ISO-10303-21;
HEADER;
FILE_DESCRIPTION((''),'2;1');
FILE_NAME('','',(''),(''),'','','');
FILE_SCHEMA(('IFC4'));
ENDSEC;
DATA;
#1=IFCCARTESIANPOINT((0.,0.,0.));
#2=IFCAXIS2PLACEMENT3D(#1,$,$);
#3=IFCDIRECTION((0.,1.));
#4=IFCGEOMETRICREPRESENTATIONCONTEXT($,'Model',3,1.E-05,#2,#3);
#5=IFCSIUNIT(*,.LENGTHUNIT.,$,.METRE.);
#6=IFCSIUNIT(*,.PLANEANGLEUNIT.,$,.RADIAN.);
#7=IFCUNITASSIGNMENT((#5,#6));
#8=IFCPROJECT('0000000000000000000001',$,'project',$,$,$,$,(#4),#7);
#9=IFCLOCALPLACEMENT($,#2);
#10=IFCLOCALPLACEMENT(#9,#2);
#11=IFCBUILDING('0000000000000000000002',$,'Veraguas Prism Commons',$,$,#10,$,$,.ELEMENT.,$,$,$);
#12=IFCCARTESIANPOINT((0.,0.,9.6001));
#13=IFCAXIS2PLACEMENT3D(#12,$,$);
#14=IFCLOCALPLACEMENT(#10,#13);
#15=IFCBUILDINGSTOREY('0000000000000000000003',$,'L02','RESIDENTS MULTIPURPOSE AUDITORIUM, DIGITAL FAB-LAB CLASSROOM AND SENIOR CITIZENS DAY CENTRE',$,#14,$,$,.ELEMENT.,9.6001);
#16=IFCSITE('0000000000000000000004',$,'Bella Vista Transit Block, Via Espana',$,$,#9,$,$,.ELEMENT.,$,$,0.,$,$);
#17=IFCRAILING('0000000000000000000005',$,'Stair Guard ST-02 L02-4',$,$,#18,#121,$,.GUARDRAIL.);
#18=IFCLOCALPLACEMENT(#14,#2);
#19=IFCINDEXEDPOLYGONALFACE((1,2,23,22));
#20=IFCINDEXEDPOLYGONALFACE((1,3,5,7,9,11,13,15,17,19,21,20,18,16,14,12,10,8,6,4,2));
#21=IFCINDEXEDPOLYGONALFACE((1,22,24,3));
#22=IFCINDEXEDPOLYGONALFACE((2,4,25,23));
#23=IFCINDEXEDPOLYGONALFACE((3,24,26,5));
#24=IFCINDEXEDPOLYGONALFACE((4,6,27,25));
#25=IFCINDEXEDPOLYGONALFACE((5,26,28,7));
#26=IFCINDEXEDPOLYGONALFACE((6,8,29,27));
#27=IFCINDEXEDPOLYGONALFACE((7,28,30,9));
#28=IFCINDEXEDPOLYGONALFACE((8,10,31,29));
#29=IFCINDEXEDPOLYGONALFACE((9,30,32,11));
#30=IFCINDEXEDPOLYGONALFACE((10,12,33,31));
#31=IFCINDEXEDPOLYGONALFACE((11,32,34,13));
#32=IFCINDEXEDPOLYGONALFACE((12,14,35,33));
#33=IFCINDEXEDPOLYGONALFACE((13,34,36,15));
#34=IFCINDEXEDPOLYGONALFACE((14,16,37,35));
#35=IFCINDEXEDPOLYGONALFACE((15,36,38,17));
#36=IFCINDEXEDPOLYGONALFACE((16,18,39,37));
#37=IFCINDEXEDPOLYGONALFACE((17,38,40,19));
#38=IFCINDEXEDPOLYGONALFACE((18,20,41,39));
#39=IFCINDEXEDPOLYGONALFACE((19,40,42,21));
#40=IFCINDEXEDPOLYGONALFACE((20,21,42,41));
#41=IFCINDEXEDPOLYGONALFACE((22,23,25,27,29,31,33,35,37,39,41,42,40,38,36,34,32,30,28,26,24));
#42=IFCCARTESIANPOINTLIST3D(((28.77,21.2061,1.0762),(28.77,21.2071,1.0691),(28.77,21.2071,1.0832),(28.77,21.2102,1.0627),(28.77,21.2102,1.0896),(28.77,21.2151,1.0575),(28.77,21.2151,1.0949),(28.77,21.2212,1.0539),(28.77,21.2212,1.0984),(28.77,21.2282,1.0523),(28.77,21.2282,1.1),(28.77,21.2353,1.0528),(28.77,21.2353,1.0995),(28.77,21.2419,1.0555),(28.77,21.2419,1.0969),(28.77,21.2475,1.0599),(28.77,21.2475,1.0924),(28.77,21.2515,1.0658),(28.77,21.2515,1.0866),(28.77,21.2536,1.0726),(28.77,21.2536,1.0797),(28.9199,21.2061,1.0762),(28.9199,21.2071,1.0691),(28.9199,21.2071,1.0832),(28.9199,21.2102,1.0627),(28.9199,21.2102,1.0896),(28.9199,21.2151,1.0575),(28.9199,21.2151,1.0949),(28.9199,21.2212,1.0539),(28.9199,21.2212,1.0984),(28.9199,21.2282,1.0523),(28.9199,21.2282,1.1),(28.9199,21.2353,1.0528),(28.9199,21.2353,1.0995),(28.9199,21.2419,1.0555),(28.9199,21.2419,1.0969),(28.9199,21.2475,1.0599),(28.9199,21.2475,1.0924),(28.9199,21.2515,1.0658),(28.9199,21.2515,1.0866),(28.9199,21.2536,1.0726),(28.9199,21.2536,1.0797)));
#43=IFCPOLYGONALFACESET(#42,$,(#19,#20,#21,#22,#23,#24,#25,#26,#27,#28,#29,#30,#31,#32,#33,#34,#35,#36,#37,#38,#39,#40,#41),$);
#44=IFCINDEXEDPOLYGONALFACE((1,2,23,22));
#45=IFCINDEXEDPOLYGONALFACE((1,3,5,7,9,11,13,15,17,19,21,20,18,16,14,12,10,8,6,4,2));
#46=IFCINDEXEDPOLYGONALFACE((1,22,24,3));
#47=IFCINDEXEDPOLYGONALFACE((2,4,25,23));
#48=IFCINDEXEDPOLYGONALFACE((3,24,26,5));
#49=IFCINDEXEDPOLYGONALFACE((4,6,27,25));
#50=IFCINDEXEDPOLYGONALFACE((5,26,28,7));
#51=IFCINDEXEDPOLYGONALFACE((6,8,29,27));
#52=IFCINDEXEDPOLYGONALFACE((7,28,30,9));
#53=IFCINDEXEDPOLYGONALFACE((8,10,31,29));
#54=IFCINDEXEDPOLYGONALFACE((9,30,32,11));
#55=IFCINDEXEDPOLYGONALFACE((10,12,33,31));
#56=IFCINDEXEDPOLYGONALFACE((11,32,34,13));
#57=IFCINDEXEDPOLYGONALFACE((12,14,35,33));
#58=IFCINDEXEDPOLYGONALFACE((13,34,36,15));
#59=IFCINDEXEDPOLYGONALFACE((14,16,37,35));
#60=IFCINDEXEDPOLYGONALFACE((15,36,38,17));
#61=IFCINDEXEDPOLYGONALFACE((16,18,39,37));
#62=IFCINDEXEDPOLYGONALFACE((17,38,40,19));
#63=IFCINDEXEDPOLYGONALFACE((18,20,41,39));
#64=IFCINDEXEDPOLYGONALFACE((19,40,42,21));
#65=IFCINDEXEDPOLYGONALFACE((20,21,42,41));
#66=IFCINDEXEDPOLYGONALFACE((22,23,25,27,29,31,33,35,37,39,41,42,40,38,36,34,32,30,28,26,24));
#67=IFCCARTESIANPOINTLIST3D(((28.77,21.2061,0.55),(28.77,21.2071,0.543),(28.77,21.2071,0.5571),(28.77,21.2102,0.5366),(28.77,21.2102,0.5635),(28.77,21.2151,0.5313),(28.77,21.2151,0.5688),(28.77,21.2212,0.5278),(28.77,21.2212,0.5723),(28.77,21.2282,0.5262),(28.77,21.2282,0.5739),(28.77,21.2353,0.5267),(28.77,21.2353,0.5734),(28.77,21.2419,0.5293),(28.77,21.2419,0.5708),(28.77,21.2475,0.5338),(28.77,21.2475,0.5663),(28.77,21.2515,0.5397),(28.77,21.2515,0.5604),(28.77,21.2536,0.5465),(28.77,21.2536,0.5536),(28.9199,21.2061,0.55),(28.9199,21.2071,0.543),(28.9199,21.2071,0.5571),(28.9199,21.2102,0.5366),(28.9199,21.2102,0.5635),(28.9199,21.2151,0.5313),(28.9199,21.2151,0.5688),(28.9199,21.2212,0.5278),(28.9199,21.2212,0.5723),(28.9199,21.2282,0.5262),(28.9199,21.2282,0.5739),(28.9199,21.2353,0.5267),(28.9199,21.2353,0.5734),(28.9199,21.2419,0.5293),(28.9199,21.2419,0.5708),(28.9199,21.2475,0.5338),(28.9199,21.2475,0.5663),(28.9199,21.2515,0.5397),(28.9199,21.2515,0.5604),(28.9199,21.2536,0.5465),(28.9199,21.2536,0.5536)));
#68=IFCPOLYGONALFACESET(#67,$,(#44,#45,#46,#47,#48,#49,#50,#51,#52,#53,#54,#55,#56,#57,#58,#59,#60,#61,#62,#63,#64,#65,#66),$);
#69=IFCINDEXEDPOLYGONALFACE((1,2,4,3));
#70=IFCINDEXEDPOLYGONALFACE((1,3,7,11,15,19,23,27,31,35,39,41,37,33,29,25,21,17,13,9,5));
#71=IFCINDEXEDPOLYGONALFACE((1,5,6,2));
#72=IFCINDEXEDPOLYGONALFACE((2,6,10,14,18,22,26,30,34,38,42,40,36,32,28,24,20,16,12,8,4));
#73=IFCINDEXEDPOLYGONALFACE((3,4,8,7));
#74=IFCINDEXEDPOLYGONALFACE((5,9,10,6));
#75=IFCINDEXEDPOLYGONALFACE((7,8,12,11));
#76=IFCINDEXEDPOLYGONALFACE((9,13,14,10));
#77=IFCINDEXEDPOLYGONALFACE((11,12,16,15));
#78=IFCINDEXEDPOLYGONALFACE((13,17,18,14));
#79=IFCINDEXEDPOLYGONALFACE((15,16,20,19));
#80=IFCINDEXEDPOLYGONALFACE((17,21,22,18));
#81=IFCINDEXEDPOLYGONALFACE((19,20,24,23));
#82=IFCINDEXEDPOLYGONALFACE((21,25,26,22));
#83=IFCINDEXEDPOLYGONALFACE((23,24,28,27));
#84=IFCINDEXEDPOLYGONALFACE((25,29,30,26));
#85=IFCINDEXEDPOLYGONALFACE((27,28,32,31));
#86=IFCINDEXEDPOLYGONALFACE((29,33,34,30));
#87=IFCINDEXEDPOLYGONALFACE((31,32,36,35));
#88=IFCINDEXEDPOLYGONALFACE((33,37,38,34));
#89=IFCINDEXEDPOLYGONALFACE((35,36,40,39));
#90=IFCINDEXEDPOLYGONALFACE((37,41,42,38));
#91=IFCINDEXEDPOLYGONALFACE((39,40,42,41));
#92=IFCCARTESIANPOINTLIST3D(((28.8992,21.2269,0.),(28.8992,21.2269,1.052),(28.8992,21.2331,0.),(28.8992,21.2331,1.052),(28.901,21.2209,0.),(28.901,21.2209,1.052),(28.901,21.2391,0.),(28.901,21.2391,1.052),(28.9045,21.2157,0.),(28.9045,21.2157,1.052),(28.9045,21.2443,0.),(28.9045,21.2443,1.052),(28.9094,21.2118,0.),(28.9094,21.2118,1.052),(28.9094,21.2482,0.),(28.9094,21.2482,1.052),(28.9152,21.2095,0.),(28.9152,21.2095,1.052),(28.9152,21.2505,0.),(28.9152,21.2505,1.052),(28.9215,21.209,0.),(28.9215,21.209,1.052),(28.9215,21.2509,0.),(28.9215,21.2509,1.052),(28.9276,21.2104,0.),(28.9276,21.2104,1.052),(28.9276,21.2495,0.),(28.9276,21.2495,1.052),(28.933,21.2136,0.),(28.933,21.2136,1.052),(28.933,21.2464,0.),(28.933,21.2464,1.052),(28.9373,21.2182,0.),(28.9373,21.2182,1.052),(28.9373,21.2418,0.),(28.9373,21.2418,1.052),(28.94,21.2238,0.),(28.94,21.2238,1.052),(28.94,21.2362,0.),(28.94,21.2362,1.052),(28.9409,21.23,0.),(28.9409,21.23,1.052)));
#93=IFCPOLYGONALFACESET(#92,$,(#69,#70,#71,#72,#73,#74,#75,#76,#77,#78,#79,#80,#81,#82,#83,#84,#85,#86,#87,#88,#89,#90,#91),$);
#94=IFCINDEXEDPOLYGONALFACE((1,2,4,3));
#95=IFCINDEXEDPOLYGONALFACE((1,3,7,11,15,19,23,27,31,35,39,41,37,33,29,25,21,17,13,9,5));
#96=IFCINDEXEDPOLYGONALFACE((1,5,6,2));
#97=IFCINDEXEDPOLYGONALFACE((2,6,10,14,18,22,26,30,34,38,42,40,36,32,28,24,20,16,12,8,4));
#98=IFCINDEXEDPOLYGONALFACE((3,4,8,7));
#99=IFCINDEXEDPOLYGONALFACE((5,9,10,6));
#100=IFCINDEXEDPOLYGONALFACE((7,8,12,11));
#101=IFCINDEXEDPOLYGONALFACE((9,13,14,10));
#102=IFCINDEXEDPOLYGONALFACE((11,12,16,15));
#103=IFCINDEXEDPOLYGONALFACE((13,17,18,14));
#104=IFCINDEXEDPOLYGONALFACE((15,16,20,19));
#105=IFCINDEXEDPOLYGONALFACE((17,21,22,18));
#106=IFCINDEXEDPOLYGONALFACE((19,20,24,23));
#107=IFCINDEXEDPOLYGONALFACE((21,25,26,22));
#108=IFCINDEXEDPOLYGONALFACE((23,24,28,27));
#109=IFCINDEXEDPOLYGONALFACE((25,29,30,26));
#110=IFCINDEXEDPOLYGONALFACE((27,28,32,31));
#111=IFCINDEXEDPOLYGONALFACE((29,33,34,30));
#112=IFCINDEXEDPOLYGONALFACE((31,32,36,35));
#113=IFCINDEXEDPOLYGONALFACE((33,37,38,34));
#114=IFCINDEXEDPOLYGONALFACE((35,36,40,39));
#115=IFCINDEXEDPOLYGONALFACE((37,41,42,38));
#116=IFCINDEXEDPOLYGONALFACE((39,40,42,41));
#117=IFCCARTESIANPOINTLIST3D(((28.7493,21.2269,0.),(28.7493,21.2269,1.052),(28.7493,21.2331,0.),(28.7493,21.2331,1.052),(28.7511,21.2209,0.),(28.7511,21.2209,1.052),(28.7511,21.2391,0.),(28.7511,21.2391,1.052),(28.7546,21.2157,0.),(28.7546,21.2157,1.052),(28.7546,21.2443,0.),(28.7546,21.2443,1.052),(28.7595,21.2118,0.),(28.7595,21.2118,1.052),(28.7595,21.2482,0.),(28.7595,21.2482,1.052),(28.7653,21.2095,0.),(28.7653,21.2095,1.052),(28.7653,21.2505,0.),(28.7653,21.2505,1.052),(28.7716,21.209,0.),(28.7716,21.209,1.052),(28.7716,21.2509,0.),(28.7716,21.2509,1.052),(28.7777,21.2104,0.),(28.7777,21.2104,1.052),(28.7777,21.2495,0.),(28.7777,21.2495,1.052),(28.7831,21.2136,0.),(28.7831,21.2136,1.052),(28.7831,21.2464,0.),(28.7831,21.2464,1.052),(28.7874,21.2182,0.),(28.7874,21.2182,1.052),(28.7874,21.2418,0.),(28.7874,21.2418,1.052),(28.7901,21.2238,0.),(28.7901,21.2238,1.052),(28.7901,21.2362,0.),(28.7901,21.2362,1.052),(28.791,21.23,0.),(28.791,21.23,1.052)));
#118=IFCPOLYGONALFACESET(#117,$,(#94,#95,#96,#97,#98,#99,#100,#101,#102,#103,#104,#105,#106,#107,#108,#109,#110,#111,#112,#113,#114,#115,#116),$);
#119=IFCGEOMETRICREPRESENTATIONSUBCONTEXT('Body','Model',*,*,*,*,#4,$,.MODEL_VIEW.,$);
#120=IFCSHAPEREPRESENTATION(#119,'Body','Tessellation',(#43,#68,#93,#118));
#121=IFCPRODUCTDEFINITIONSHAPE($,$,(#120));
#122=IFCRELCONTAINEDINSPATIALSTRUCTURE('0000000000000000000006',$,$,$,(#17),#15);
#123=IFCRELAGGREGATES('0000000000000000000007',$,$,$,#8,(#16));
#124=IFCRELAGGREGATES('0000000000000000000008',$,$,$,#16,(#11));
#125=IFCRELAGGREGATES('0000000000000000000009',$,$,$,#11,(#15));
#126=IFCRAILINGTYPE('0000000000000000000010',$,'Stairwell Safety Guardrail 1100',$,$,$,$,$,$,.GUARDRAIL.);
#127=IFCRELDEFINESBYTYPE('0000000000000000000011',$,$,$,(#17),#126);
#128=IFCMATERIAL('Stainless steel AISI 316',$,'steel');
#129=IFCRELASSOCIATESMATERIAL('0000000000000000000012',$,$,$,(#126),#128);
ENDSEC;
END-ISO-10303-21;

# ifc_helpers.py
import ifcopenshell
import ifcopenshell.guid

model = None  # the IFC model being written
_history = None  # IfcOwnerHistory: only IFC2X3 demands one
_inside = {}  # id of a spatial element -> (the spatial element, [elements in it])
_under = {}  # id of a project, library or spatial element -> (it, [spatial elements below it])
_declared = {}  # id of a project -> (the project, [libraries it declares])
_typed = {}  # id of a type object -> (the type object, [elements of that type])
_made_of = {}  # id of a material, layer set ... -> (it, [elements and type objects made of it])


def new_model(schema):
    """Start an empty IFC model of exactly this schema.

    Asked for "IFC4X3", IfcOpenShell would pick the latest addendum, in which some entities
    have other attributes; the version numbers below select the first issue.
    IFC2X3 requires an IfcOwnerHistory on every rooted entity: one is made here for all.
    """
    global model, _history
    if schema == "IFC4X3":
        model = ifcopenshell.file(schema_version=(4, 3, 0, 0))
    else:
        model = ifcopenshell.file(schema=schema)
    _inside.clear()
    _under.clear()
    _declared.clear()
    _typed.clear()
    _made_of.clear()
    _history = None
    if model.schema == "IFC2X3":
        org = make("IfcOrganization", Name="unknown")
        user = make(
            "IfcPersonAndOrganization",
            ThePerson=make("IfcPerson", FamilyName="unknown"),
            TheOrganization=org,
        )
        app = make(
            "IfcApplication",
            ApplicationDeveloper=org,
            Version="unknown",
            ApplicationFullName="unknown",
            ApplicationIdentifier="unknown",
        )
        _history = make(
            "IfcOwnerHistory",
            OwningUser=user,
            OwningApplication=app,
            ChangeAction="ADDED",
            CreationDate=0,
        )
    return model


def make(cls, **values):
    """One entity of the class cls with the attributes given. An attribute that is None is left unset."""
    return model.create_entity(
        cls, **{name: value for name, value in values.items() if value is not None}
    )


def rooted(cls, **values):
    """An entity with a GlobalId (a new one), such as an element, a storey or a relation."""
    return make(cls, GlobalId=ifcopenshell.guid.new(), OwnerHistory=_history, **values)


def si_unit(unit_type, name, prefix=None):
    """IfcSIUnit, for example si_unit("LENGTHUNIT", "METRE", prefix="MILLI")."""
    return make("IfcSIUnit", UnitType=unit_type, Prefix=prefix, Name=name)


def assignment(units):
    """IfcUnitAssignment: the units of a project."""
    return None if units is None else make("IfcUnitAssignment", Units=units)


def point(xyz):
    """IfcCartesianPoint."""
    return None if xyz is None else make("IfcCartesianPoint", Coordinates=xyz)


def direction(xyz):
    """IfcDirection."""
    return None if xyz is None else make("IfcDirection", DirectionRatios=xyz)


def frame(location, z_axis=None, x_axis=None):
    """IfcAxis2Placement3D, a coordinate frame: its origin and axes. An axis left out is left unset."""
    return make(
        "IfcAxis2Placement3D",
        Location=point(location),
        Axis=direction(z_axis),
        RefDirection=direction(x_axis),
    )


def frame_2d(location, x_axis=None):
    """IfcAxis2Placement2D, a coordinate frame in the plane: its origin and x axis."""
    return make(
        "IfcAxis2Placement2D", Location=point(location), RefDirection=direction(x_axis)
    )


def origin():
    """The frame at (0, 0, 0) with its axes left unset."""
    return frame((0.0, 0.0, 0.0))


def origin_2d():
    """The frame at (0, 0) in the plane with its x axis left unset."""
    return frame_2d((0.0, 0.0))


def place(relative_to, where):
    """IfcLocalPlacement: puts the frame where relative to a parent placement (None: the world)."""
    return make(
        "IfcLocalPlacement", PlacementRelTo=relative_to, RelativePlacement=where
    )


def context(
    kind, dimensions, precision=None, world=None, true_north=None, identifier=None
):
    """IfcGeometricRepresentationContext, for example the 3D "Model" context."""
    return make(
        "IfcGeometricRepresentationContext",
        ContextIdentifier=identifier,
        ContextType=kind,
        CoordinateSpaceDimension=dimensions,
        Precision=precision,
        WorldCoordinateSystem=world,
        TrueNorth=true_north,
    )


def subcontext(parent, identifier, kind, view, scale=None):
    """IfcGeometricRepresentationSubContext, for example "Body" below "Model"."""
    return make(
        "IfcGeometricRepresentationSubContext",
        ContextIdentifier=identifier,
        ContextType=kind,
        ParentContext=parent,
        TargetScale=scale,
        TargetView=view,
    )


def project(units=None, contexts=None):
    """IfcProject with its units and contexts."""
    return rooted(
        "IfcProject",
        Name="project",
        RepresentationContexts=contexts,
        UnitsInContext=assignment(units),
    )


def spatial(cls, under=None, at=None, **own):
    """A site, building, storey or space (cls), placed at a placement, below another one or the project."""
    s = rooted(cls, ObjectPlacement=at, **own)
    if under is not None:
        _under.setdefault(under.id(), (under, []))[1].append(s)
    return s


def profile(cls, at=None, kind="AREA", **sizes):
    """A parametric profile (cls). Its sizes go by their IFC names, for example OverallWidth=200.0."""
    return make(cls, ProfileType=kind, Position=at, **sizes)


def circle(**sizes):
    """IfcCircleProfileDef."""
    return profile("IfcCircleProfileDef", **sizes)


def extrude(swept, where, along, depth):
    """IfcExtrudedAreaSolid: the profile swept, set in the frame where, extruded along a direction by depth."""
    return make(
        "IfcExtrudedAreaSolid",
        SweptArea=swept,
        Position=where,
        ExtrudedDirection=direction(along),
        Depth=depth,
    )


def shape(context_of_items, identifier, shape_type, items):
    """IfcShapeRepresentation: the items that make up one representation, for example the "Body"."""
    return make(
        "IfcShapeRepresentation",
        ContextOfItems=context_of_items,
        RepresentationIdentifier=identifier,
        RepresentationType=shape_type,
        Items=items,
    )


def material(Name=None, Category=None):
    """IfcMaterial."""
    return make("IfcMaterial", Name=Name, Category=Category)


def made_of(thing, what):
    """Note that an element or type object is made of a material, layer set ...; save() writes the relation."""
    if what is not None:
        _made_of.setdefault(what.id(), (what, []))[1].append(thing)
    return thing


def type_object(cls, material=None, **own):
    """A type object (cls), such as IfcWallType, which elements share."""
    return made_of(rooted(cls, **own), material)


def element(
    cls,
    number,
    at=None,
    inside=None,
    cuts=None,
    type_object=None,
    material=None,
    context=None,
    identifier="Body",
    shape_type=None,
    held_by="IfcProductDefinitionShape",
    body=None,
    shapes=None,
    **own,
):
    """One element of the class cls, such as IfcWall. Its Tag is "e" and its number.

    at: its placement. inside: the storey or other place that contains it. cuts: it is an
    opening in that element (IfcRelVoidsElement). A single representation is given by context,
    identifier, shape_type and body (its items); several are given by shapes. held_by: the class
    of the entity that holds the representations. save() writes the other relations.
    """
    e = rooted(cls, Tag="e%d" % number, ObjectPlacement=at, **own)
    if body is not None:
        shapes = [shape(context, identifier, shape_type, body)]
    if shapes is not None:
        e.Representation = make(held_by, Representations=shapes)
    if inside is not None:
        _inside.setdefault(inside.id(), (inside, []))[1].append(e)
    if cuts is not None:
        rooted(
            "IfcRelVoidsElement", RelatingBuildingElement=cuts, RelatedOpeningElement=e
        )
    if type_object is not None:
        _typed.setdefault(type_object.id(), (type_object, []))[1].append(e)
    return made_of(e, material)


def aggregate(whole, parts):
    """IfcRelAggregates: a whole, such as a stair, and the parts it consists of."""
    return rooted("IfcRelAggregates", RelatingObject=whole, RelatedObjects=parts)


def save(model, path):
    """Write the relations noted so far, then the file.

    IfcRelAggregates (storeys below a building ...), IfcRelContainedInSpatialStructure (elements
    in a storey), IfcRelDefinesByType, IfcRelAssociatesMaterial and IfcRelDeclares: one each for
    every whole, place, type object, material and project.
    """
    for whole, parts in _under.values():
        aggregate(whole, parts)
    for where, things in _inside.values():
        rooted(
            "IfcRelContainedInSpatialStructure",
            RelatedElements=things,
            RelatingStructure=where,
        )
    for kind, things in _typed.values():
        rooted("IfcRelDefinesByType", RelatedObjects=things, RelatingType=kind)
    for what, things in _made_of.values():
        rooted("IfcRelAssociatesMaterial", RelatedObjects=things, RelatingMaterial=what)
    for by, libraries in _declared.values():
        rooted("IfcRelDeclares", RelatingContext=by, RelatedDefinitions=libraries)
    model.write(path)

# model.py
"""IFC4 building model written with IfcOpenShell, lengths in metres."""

from ifc_helpers import new_model, si_unit, direction, frame, origin, origin_2d, place, context, subcontext, project, spatial, circle, extrude, material, type_object, element, save


model = new_model("IFC4")

# Units and contexts
model_context = context("Model", 3, precision=1e-05, world=origin(), true_north=direction((0.0, 1.0)))
body_context = subcontext(model_context, "Body", "Model", "MODEL_VIEW")
ifc_project = project(units=[si_unit("LENGTHUNIT", "METRE"), si_unit("PLANEANGLEUNIT", "RADIAN")], contexts=[model_context])

# Site, building, storey
site_placement = place(None, origin())
site = spatial("IfcSite", under=ifc_project, at=site_placement, Name="Bella Vista Transit Block, Via Espana", CompositionType="ELEMENT", RefElevation=0.0)
building_placement = place(site_placement, origin())
building = spatial("IfcBuilding", under=site, at=building_placement, Name="Veraguas Prism Commons", CompositionType="ELEMENT")
storey_placement = place(building_placement, frame((0.0, 0.0, 9.6001)))
storey = spatial("IfcBuildingStorey", under=building, at=storey_placement, Name="L02", Description="RESIDENTS MULTIPURPOSE AUDITORIUM, DIGITAL FAB-LAB CLASSROOM AND SENIOR CITIZENS DAY CENTRE", CompositionType="ELEMENT", Elevation=9.6001)

# Railing
ifc_material_1 = material(Name="Stainless steel AISI 316", Category="steel")
railing_type = type_object("IfcRailingType", Name="Stairwell Safety Guardrail 1100", PredefinedType="GUARDRAIL", material=ifc_material_1)
railing_1_placement = place(storey_placement, frame((28.9199, 21.23, 0.0)))
element("IfcRailing", 1, at=railing_1_placement, inside=storey, type_object=railing_type, Name="Stair Guard ST-02 L02-4", PredefinedType="GUARDRAIL", context=body_context, shape_type="SweptSolid", body=[
    extrude(circle(Radius=0.0239, at=origin_2d()), frame((0.0, 0.0, 1.0762), z_axis=(-1.0, 0.0, 0.0), x_axis=(0.0, -1.0, 0.0)), (0.0, 0.0, 1.0), 0.1499),
    extrude(circle(Radius=0.0239, at=origin_2d()), frame((0.0, 0.0, 0.55), z_axis=(-1.0, 0.0, 0.0), x_axis=(0.0, -1.0, 0.0)), (0.0, 0.0, 1.0), 0.1499),
    extrude(circle(Radius=0.021, at=origin_2d()), origin(), (0.0, 0.0, 1.0), 1.052),
    extrude(circle(Radius=0.021, at=origin_2d()), frame((-0.1499, 0.0, 0.0)), (0.0, 0.0, 1.0), 1.052),
])

save(model, "model.ifc")
